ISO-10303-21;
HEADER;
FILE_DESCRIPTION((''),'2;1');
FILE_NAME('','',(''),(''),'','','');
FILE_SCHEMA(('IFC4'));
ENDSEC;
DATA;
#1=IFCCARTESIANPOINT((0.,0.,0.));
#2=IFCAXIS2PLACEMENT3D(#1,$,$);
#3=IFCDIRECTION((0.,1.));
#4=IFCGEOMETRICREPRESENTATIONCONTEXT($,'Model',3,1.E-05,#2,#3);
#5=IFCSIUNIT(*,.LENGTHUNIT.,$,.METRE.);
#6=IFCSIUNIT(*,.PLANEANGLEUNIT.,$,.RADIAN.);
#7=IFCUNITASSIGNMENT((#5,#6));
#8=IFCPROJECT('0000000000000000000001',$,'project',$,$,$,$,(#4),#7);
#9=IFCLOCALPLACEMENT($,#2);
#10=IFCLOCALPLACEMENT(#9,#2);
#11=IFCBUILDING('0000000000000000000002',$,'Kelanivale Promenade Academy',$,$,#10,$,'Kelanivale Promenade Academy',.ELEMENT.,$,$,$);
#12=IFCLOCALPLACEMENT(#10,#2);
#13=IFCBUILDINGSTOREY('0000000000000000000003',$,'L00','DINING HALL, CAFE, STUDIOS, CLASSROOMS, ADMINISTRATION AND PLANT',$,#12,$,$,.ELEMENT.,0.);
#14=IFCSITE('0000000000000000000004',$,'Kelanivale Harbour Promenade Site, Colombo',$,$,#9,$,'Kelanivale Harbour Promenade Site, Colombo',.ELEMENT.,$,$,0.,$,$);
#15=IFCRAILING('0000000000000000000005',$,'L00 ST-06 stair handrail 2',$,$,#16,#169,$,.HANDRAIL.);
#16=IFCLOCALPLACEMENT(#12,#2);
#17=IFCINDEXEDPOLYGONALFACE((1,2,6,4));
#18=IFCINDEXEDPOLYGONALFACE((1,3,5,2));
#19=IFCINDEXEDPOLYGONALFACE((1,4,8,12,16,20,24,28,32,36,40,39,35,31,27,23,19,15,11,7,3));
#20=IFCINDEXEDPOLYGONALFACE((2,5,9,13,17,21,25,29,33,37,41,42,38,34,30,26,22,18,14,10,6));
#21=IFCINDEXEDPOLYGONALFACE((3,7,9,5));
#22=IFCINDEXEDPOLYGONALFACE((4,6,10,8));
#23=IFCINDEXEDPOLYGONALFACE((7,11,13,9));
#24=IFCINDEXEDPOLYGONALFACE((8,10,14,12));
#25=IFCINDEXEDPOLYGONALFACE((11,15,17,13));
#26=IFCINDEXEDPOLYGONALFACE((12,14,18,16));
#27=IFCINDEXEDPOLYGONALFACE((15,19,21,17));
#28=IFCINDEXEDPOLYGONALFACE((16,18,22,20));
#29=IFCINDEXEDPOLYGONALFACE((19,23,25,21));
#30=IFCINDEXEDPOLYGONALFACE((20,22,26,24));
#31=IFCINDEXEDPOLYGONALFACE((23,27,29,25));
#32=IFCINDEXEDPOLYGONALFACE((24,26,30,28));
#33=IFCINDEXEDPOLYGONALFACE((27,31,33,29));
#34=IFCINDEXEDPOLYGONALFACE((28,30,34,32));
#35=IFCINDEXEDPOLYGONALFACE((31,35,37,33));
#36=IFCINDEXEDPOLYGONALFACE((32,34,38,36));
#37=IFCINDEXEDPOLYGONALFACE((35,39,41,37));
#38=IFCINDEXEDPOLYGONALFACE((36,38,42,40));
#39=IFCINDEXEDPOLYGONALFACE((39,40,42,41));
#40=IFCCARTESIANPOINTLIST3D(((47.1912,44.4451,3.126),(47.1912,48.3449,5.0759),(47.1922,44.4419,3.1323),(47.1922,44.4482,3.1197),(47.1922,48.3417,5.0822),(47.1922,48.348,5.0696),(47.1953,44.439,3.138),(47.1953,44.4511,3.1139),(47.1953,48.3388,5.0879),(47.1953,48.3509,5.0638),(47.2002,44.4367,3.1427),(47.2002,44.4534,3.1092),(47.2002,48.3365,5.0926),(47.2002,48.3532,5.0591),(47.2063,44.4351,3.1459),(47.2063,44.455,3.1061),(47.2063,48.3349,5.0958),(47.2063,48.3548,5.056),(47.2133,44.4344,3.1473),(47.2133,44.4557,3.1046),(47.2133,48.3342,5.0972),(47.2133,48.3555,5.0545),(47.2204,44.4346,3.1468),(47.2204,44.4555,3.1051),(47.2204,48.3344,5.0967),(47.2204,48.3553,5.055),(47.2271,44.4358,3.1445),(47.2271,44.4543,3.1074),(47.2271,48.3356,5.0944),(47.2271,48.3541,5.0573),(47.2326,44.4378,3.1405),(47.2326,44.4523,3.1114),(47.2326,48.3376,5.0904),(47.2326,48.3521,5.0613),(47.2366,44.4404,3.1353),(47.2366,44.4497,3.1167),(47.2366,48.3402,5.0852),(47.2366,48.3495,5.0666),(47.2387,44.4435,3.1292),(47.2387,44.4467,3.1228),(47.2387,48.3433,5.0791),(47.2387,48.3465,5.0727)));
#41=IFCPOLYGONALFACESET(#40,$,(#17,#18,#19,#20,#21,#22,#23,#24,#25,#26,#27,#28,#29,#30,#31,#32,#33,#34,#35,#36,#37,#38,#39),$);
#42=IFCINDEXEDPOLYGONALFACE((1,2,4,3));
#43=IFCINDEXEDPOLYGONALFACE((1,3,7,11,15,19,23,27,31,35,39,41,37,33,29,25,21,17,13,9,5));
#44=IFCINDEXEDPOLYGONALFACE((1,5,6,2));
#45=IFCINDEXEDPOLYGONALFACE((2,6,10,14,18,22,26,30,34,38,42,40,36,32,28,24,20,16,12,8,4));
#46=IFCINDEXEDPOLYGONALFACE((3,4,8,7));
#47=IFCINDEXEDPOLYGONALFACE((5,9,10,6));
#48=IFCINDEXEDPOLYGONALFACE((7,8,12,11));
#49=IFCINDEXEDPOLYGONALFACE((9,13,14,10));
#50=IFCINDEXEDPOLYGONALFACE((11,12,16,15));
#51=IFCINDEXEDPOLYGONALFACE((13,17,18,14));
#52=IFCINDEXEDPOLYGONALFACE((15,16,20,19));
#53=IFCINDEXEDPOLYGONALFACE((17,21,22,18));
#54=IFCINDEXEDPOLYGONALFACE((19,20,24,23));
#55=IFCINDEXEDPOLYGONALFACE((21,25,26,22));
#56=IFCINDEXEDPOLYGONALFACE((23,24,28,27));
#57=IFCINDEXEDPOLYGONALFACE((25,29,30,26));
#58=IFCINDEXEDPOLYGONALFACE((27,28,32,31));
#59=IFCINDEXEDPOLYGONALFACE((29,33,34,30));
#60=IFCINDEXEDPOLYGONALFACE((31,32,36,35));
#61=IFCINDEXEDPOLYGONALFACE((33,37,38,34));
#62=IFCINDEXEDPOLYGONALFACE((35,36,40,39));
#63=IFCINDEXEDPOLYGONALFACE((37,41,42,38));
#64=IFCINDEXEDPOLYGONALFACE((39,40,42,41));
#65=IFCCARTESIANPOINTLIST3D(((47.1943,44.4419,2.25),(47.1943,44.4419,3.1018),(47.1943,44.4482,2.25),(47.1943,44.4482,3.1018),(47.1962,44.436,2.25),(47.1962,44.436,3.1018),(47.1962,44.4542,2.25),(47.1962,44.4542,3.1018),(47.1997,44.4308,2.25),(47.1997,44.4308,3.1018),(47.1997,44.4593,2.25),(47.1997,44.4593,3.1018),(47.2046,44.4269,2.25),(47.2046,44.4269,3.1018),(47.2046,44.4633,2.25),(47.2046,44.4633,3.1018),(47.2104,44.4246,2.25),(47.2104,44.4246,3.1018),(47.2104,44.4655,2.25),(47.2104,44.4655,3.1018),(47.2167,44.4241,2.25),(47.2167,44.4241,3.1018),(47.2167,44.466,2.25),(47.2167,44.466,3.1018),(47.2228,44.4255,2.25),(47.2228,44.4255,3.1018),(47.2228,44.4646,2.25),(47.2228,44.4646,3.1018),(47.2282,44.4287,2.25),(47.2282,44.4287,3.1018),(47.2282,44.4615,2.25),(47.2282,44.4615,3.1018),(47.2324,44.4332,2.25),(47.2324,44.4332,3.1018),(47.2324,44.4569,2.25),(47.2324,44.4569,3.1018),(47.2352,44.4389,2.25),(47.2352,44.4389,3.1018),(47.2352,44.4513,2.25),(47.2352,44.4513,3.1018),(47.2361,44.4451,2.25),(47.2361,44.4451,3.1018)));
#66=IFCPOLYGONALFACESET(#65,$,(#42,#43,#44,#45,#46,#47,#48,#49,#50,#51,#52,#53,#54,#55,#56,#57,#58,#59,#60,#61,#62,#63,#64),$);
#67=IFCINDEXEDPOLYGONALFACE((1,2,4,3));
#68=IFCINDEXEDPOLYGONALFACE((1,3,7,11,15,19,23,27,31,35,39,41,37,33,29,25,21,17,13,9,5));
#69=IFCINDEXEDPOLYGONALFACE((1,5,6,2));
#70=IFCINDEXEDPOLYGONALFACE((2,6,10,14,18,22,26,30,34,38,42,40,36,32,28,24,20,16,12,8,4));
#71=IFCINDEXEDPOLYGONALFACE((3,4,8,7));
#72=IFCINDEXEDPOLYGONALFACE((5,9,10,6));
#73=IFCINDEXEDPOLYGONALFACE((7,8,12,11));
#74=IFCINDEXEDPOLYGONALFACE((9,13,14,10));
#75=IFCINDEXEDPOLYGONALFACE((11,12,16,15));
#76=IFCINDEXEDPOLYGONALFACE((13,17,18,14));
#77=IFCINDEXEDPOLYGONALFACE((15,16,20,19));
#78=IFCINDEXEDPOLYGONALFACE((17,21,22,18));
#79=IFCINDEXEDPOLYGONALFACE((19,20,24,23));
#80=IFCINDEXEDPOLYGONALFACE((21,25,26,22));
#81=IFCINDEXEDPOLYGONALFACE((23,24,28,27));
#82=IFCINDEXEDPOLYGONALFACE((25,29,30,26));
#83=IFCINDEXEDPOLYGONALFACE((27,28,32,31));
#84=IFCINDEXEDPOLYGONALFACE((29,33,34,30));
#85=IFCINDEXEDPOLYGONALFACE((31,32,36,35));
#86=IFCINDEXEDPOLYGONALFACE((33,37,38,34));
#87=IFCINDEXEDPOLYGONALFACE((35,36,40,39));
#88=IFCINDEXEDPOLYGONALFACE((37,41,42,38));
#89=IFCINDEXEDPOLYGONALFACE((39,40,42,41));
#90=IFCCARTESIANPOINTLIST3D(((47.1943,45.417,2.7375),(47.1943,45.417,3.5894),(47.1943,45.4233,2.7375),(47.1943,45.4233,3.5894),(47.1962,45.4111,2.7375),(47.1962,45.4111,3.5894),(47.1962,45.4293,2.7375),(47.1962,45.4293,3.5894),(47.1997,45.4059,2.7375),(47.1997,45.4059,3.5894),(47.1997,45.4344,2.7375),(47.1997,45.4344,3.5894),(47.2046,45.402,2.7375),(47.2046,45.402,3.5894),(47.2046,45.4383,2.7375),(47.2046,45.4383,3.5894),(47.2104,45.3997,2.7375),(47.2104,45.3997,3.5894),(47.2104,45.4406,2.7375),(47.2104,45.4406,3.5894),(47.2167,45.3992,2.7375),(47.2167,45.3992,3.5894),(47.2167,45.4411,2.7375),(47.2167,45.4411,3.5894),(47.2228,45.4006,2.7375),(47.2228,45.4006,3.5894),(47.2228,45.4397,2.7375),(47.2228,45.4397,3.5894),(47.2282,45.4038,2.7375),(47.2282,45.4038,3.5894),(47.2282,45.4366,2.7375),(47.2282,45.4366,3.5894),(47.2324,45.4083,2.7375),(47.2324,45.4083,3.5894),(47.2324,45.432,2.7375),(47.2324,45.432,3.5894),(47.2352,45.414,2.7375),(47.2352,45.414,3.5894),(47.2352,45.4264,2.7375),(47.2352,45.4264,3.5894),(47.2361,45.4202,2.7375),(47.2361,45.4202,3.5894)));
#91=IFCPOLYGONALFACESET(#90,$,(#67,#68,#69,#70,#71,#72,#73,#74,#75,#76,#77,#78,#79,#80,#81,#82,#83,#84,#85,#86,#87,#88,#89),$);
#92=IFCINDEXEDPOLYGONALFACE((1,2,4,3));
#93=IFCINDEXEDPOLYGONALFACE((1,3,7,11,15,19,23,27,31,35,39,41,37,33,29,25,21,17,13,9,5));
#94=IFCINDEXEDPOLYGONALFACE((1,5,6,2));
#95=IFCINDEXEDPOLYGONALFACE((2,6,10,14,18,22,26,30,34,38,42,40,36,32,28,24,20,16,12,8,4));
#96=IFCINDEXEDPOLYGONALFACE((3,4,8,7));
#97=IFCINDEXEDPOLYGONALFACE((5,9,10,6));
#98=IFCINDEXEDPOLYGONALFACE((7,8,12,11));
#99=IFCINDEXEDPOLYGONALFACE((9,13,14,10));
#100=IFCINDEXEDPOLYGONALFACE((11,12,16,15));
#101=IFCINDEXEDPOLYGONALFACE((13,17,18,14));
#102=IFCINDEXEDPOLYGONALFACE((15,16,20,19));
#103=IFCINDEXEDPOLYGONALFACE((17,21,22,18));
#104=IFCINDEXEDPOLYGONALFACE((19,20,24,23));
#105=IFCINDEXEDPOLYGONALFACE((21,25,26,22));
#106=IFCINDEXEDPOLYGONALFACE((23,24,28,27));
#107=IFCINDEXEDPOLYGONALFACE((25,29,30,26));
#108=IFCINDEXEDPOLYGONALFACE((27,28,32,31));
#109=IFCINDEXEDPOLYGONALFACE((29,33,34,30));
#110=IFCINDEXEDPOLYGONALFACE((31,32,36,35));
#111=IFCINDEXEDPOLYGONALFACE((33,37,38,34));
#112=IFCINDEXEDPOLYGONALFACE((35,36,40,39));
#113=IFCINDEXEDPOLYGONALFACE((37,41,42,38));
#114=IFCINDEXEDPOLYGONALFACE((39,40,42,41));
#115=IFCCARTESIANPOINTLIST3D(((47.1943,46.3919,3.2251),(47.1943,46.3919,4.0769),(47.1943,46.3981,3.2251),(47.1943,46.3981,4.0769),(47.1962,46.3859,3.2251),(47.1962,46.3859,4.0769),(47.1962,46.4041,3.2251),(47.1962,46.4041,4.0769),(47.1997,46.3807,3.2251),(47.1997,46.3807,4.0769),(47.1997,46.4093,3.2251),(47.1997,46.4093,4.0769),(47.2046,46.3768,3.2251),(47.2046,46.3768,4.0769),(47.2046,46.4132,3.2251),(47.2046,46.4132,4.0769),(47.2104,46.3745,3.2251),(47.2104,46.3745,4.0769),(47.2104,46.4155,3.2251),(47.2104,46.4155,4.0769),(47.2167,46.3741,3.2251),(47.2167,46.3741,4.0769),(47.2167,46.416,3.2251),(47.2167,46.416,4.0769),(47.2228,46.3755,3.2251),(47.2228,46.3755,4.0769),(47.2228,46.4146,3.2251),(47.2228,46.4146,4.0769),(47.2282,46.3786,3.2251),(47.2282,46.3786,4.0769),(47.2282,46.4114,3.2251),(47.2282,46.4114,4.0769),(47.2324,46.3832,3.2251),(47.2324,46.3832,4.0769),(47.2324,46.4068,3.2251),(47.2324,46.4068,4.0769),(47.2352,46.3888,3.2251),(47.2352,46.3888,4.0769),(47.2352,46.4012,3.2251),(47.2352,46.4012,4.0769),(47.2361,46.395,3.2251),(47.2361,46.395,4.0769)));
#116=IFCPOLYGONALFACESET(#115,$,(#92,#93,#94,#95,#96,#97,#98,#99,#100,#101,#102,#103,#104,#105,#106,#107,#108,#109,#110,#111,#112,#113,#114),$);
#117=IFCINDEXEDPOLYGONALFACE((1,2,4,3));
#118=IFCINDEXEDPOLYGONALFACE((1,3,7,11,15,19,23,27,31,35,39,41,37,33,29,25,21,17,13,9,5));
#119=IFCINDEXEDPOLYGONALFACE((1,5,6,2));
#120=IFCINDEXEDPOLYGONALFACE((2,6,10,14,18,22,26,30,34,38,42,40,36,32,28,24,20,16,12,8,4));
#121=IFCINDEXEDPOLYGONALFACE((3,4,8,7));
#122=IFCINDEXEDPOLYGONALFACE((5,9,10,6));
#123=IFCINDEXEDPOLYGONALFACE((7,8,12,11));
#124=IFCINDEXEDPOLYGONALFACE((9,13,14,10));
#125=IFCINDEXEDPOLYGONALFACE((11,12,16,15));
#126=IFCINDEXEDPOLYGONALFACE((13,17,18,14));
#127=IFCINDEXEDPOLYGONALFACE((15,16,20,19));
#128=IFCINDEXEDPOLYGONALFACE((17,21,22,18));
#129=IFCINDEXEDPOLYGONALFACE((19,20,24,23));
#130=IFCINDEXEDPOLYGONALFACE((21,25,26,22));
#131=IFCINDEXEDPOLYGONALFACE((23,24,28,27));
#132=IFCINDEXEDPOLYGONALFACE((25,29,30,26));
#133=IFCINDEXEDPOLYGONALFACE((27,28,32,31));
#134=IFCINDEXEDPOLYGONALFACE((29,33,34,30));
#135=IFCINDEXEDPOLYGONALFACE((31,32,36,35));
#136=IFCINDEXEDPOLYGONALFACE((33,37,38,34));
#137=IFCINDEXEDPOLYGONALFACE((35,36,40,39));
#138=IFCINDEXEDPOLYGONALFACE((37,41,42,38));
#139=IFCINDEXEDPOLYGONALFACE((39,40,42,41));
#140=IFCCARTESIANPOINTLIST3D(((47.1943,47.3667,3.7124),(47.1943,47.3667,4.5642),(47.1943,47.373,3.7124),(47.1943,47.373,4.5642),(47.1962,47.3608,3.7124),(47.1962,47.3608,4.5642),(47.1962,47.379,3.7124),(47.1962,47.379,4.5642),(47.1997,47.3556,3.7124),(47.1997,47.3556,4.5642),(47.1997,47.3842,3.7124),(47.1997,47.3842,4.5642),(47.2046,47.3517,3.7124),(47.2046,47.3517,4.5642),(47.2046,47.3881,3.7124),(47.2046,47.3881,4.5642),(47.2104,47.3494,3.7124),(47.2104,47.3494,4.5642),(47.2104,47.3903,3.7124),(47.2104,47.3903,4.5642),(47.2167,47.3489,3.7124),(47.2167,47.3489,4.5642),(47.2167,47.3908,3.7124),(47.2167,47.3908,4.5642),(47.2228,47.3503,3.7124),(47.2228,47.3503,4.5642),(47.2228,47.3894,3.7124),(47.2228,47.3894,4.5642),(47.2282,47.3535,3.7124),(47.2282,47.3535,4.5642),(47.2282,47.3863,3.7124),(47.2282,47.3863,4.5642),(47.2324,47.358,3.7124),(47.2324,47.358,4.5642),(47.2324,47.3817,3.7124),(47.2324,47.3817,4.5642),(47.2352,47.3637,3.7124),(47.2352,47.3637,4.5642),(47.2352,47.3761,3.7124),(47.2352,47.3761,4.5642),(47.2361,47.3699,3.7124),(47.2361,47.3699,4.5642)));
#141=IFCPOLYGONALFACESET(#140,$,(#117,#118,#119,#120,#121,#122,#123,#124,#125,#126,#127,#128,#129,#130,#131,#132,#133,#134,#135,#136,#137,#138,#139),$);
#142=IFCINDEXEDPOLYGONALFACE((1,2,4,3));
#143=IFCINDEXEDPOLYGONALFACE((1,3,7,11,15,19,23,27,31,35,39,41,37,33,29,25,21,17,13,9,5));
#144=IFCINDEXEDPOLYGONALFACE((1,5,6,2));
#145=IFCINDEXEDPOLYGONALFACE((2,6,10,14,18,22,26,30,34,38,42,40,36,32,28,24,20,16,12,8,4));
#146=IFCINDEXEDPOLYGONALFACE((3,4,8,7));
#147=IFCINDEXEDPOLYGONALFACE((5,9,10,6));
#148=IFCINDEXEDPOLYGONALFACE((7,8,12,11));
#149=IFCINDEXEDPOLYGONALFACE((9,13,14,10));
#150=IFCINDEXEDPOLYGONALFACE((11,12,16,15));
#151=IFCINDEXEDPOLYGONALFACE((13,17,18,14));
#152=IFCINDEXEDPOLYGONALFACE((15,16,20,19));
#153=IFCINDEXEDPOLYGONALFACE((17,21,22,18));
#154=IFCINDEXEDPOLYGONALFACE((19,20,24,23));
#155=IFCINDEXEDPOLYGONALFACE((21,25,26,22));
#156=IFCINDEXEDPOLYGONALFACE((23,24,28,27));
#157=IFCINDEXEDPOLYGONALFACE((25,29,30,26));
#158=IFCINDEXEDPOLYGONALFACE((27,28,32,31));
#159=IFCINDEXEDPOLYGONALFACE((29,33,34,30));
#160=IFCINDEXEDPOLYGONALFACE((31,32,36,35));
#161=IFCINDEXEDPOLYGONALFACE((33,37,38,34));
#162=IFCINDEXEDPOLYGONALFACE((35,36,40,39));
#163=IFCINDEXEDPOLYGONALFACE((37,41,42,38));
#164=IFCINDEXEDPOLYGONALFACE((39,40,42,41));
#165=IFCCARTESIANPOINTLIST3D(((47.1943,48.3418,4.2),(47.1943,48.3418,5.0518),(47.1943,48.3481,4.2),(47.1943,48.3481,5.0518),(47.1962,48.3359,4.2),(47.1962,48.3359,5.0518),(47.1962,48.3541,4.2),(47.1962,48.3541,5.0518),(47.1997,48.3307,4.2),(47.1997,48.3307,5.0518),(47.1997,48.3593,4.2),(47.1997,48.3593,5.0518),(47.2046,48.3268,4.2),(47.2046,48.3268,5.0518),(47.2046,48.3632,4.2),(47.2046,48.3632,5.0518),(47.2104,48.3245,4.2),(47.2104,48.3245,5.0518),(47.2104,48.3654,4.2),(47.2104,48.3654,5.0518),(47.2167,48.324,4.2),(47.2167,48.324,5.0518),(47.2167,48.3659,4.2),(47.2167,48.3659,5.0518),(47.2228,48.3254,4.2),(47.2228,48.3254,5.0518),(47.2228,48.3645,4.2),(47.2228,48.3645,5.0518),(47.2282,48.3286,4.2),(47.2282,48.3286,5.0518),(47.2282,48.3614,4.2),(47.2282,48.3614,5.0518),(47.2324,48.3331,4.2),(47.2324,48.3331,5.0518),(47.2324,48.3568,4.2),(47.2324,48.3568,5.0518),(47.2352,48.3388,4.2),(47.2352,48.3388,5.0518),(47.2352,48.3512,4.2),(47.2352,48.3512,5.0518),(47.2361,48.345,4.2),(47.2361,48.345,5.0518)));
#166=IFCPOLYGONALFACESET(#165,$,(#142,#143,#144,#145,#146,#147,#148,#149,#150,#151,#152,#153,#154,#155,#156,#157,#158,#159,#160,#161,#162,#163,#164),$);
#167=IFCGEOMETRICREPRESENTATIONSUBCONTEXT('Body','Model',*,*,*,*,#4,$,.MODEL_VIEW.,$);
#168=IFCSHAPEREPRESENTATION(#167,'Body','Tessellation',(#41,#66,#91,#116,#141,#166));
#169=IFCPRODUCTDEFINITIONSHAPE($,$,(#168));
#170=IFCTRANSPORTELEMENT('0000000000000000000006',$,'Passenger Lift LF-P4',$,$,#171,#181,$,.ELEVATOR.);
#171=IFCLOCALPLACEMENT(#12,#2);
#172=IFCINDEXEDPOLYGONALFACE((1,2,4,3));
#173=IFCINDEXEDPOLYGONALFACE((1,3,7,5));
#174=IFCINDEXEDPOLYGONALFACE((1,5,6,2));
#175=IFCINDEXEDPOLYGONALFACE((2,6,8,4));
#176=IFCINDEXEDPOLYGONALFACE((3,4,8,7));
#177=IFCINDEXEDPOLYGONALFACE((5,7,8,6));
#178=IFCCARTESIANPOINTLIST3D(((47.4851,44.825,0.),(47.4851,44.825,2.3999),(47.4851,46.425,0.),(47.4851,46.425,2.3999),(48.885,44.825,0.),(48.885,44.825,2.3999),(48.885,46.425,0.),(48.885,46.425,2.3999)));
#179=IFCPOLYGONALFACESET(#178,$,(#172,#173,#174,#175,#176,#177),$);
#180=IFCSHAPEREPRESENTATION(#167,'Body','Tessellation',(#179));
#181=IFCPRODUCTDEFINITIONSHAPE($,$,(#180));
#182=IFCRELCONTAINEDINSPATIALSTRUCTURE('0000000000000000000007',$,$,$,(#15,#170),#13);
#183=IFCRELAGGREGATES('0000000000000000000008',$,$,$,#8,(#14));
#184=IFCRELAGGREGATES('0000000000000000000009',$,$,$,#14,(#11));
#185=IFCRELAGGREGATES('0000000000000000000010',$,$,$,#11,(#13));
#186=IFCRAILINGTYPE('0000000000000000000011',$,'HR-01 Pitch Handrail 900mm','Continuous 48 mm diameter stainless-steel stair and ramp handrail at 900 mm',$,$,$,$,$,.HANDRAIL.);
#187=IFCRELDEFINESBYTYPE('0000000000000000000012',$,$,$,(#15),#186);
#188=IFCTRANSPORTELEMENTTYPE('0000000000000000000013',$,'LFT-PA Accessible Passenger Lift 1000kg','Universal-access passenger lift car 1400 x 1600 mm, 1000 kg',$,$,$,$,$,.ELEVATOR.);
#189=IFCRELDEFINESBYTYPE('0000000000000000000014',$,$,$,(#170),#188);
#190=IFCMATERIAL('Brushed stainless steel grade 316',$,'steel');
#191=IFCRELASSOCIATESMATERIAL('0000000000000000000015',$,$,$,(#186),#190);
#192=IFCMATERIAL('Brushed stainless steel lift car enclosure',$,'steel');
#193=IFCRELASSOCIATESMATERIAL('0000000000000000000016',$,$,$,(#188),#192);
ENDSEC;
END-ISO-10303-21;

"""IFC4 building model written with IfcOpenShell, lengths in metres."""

from ifc_helpers import new_model, si_unit, direction, frame, origin, origin_2d, place, context, subcontext, project, spatial, rectangle, circle, extrude, material, type_object, element, save


model = new_model("IFC4")

# Units and contexts
model_context = context("Model", 3, precision=1e-05, world=origin(), true_north=direction((0.0, 1.0)))
body_context = subcontext(model_context, "Body", "Model", "MODEL_VIEW")
ifc_project = project(units=[si_unit("LENGTHUNIT", "METRE"), si_unit("PLANEANGLEUNIT", "RADIAN")], contexts=[model_context])

# Site, building, storey
site_placement = place(None, origin())
site = spatial("IfcSite", under=ifc_project, at=site_placement, Name="Kelanivale Harbour Promenade Site, Colombo", LongName="Kelanivale Harbour Promenade Site, Colombo", CompositionType="ELEMENT", RefElevation=0.0)
building_placement = place(site_placement, origin())
building = spatial("IfcBuilding", under=site, at=building_placement, Name="Kelanivale Promenade Academy", LongName="Kelanivale Promenade Academy", CompositionType="ELEMENT")
storey_placement = place(building_placement, origin())
storey = spatial("IfcBuildingStorey", under=building, at=storey_placement, Name="L00", Description="DINING HALL, CAFE, STUDIOS, CLASSROOMS, ADMINISTRATION AND PLANT", CompositionType="ELEMENT", Elevation=0.0)

# Railing
ifc_material_1 = material(Name="Brushed stainless steel grade 316", Category="steel")
railing_type_1 = type_object("IfcRailingType", Name="HR-01 Pitch Handrail 900mm", Description="Continuous 48 mm diameter stainless-steel stair and ramp handrail at 900 mm", PredefinedType="HANDRAIL", material=ifc_material_1)
railing_1_placement = place(storey_placement, frame((47.2151, 44.4451, 2.25)))
element("IfcRailing", 1, at=railing_1_placement, inside=storey, type_object=railing_type_1, Name="L00 ST-06 stair handrail 2", PredefinedType="HANDRAIL", context=body_context, shape_type="SweptSolid", body=[
    extrude(circle(Radius=0.0239, at=origin_2d()), frame((0.0, 0.0, 0.876), z_axis=(0.0, 0.894427, 0.447214), x_axis=(-1.0, 0.0, 0.0)), (0.0, 0.0, 1.0), 4.3601),
    extrude(circle(Radius=0.021, at=origin_2d()), origin(), (0.0, 0.0, 1.0), 0.8518),
    extrude(circle(Radius=0.021, at=origin_2d()), frame((0.0, 0.9751, 0.4875)), (0.0, 0.0, 1.0), 0.8518),
    extrude(circle(Radius=0.021, at=origin_2d()), frame((0.0, 1.95, 0.9751)), (0.0, 0.0, 1.0), 0.8518),
    extrude(circle(Radius=0.021, at=origin_2d()), frame((0.0, 2.9248, 1.4624)), (0.0, 0.0, 1.0), 0.8518),
    extrude(circle(Radius=0.021, at=origin_2d()), frame((0.0, 3.8999, 1.95)), (0.0, 0.0, 1.0), 0.8518),
])

# Transport element
ifc_material_2 = material(Name="Brushed stainless steel lift car enclosure", Category="steel")
transport_element_type = type_object("IfcTransportElementType", Name="LFT-PA Accessible Passenger Lift 1000kg", Description="Universal-access passenger lift car 1400 x 1600 mm, 1000 kg", PredefinedType="ELEVATOR", material=ifc_material_2)
transport_element_placement = place(storey_placement, frame((48.1851, 45.625, 0.0), z_axis=(0.0, 0.0, 1.0), x_axis=(1.0, 0.0, 0.0)))
element("IfcTransportElement", 2, at=transport_element_placement, inside=storey, type_object=transport_element_type, Name="Passenger Lift LF-P4", PredefinedType="ELEVATOR", context=body_context, shape_type="SweptSolid", body=[
    extrude(rectangle(XDim=1.3999, YDim=1.6001, at=origin_2d()), origin(), (0.0, 0.0, 1.0), 2.3999),
])

save(model, "model.ifc")
